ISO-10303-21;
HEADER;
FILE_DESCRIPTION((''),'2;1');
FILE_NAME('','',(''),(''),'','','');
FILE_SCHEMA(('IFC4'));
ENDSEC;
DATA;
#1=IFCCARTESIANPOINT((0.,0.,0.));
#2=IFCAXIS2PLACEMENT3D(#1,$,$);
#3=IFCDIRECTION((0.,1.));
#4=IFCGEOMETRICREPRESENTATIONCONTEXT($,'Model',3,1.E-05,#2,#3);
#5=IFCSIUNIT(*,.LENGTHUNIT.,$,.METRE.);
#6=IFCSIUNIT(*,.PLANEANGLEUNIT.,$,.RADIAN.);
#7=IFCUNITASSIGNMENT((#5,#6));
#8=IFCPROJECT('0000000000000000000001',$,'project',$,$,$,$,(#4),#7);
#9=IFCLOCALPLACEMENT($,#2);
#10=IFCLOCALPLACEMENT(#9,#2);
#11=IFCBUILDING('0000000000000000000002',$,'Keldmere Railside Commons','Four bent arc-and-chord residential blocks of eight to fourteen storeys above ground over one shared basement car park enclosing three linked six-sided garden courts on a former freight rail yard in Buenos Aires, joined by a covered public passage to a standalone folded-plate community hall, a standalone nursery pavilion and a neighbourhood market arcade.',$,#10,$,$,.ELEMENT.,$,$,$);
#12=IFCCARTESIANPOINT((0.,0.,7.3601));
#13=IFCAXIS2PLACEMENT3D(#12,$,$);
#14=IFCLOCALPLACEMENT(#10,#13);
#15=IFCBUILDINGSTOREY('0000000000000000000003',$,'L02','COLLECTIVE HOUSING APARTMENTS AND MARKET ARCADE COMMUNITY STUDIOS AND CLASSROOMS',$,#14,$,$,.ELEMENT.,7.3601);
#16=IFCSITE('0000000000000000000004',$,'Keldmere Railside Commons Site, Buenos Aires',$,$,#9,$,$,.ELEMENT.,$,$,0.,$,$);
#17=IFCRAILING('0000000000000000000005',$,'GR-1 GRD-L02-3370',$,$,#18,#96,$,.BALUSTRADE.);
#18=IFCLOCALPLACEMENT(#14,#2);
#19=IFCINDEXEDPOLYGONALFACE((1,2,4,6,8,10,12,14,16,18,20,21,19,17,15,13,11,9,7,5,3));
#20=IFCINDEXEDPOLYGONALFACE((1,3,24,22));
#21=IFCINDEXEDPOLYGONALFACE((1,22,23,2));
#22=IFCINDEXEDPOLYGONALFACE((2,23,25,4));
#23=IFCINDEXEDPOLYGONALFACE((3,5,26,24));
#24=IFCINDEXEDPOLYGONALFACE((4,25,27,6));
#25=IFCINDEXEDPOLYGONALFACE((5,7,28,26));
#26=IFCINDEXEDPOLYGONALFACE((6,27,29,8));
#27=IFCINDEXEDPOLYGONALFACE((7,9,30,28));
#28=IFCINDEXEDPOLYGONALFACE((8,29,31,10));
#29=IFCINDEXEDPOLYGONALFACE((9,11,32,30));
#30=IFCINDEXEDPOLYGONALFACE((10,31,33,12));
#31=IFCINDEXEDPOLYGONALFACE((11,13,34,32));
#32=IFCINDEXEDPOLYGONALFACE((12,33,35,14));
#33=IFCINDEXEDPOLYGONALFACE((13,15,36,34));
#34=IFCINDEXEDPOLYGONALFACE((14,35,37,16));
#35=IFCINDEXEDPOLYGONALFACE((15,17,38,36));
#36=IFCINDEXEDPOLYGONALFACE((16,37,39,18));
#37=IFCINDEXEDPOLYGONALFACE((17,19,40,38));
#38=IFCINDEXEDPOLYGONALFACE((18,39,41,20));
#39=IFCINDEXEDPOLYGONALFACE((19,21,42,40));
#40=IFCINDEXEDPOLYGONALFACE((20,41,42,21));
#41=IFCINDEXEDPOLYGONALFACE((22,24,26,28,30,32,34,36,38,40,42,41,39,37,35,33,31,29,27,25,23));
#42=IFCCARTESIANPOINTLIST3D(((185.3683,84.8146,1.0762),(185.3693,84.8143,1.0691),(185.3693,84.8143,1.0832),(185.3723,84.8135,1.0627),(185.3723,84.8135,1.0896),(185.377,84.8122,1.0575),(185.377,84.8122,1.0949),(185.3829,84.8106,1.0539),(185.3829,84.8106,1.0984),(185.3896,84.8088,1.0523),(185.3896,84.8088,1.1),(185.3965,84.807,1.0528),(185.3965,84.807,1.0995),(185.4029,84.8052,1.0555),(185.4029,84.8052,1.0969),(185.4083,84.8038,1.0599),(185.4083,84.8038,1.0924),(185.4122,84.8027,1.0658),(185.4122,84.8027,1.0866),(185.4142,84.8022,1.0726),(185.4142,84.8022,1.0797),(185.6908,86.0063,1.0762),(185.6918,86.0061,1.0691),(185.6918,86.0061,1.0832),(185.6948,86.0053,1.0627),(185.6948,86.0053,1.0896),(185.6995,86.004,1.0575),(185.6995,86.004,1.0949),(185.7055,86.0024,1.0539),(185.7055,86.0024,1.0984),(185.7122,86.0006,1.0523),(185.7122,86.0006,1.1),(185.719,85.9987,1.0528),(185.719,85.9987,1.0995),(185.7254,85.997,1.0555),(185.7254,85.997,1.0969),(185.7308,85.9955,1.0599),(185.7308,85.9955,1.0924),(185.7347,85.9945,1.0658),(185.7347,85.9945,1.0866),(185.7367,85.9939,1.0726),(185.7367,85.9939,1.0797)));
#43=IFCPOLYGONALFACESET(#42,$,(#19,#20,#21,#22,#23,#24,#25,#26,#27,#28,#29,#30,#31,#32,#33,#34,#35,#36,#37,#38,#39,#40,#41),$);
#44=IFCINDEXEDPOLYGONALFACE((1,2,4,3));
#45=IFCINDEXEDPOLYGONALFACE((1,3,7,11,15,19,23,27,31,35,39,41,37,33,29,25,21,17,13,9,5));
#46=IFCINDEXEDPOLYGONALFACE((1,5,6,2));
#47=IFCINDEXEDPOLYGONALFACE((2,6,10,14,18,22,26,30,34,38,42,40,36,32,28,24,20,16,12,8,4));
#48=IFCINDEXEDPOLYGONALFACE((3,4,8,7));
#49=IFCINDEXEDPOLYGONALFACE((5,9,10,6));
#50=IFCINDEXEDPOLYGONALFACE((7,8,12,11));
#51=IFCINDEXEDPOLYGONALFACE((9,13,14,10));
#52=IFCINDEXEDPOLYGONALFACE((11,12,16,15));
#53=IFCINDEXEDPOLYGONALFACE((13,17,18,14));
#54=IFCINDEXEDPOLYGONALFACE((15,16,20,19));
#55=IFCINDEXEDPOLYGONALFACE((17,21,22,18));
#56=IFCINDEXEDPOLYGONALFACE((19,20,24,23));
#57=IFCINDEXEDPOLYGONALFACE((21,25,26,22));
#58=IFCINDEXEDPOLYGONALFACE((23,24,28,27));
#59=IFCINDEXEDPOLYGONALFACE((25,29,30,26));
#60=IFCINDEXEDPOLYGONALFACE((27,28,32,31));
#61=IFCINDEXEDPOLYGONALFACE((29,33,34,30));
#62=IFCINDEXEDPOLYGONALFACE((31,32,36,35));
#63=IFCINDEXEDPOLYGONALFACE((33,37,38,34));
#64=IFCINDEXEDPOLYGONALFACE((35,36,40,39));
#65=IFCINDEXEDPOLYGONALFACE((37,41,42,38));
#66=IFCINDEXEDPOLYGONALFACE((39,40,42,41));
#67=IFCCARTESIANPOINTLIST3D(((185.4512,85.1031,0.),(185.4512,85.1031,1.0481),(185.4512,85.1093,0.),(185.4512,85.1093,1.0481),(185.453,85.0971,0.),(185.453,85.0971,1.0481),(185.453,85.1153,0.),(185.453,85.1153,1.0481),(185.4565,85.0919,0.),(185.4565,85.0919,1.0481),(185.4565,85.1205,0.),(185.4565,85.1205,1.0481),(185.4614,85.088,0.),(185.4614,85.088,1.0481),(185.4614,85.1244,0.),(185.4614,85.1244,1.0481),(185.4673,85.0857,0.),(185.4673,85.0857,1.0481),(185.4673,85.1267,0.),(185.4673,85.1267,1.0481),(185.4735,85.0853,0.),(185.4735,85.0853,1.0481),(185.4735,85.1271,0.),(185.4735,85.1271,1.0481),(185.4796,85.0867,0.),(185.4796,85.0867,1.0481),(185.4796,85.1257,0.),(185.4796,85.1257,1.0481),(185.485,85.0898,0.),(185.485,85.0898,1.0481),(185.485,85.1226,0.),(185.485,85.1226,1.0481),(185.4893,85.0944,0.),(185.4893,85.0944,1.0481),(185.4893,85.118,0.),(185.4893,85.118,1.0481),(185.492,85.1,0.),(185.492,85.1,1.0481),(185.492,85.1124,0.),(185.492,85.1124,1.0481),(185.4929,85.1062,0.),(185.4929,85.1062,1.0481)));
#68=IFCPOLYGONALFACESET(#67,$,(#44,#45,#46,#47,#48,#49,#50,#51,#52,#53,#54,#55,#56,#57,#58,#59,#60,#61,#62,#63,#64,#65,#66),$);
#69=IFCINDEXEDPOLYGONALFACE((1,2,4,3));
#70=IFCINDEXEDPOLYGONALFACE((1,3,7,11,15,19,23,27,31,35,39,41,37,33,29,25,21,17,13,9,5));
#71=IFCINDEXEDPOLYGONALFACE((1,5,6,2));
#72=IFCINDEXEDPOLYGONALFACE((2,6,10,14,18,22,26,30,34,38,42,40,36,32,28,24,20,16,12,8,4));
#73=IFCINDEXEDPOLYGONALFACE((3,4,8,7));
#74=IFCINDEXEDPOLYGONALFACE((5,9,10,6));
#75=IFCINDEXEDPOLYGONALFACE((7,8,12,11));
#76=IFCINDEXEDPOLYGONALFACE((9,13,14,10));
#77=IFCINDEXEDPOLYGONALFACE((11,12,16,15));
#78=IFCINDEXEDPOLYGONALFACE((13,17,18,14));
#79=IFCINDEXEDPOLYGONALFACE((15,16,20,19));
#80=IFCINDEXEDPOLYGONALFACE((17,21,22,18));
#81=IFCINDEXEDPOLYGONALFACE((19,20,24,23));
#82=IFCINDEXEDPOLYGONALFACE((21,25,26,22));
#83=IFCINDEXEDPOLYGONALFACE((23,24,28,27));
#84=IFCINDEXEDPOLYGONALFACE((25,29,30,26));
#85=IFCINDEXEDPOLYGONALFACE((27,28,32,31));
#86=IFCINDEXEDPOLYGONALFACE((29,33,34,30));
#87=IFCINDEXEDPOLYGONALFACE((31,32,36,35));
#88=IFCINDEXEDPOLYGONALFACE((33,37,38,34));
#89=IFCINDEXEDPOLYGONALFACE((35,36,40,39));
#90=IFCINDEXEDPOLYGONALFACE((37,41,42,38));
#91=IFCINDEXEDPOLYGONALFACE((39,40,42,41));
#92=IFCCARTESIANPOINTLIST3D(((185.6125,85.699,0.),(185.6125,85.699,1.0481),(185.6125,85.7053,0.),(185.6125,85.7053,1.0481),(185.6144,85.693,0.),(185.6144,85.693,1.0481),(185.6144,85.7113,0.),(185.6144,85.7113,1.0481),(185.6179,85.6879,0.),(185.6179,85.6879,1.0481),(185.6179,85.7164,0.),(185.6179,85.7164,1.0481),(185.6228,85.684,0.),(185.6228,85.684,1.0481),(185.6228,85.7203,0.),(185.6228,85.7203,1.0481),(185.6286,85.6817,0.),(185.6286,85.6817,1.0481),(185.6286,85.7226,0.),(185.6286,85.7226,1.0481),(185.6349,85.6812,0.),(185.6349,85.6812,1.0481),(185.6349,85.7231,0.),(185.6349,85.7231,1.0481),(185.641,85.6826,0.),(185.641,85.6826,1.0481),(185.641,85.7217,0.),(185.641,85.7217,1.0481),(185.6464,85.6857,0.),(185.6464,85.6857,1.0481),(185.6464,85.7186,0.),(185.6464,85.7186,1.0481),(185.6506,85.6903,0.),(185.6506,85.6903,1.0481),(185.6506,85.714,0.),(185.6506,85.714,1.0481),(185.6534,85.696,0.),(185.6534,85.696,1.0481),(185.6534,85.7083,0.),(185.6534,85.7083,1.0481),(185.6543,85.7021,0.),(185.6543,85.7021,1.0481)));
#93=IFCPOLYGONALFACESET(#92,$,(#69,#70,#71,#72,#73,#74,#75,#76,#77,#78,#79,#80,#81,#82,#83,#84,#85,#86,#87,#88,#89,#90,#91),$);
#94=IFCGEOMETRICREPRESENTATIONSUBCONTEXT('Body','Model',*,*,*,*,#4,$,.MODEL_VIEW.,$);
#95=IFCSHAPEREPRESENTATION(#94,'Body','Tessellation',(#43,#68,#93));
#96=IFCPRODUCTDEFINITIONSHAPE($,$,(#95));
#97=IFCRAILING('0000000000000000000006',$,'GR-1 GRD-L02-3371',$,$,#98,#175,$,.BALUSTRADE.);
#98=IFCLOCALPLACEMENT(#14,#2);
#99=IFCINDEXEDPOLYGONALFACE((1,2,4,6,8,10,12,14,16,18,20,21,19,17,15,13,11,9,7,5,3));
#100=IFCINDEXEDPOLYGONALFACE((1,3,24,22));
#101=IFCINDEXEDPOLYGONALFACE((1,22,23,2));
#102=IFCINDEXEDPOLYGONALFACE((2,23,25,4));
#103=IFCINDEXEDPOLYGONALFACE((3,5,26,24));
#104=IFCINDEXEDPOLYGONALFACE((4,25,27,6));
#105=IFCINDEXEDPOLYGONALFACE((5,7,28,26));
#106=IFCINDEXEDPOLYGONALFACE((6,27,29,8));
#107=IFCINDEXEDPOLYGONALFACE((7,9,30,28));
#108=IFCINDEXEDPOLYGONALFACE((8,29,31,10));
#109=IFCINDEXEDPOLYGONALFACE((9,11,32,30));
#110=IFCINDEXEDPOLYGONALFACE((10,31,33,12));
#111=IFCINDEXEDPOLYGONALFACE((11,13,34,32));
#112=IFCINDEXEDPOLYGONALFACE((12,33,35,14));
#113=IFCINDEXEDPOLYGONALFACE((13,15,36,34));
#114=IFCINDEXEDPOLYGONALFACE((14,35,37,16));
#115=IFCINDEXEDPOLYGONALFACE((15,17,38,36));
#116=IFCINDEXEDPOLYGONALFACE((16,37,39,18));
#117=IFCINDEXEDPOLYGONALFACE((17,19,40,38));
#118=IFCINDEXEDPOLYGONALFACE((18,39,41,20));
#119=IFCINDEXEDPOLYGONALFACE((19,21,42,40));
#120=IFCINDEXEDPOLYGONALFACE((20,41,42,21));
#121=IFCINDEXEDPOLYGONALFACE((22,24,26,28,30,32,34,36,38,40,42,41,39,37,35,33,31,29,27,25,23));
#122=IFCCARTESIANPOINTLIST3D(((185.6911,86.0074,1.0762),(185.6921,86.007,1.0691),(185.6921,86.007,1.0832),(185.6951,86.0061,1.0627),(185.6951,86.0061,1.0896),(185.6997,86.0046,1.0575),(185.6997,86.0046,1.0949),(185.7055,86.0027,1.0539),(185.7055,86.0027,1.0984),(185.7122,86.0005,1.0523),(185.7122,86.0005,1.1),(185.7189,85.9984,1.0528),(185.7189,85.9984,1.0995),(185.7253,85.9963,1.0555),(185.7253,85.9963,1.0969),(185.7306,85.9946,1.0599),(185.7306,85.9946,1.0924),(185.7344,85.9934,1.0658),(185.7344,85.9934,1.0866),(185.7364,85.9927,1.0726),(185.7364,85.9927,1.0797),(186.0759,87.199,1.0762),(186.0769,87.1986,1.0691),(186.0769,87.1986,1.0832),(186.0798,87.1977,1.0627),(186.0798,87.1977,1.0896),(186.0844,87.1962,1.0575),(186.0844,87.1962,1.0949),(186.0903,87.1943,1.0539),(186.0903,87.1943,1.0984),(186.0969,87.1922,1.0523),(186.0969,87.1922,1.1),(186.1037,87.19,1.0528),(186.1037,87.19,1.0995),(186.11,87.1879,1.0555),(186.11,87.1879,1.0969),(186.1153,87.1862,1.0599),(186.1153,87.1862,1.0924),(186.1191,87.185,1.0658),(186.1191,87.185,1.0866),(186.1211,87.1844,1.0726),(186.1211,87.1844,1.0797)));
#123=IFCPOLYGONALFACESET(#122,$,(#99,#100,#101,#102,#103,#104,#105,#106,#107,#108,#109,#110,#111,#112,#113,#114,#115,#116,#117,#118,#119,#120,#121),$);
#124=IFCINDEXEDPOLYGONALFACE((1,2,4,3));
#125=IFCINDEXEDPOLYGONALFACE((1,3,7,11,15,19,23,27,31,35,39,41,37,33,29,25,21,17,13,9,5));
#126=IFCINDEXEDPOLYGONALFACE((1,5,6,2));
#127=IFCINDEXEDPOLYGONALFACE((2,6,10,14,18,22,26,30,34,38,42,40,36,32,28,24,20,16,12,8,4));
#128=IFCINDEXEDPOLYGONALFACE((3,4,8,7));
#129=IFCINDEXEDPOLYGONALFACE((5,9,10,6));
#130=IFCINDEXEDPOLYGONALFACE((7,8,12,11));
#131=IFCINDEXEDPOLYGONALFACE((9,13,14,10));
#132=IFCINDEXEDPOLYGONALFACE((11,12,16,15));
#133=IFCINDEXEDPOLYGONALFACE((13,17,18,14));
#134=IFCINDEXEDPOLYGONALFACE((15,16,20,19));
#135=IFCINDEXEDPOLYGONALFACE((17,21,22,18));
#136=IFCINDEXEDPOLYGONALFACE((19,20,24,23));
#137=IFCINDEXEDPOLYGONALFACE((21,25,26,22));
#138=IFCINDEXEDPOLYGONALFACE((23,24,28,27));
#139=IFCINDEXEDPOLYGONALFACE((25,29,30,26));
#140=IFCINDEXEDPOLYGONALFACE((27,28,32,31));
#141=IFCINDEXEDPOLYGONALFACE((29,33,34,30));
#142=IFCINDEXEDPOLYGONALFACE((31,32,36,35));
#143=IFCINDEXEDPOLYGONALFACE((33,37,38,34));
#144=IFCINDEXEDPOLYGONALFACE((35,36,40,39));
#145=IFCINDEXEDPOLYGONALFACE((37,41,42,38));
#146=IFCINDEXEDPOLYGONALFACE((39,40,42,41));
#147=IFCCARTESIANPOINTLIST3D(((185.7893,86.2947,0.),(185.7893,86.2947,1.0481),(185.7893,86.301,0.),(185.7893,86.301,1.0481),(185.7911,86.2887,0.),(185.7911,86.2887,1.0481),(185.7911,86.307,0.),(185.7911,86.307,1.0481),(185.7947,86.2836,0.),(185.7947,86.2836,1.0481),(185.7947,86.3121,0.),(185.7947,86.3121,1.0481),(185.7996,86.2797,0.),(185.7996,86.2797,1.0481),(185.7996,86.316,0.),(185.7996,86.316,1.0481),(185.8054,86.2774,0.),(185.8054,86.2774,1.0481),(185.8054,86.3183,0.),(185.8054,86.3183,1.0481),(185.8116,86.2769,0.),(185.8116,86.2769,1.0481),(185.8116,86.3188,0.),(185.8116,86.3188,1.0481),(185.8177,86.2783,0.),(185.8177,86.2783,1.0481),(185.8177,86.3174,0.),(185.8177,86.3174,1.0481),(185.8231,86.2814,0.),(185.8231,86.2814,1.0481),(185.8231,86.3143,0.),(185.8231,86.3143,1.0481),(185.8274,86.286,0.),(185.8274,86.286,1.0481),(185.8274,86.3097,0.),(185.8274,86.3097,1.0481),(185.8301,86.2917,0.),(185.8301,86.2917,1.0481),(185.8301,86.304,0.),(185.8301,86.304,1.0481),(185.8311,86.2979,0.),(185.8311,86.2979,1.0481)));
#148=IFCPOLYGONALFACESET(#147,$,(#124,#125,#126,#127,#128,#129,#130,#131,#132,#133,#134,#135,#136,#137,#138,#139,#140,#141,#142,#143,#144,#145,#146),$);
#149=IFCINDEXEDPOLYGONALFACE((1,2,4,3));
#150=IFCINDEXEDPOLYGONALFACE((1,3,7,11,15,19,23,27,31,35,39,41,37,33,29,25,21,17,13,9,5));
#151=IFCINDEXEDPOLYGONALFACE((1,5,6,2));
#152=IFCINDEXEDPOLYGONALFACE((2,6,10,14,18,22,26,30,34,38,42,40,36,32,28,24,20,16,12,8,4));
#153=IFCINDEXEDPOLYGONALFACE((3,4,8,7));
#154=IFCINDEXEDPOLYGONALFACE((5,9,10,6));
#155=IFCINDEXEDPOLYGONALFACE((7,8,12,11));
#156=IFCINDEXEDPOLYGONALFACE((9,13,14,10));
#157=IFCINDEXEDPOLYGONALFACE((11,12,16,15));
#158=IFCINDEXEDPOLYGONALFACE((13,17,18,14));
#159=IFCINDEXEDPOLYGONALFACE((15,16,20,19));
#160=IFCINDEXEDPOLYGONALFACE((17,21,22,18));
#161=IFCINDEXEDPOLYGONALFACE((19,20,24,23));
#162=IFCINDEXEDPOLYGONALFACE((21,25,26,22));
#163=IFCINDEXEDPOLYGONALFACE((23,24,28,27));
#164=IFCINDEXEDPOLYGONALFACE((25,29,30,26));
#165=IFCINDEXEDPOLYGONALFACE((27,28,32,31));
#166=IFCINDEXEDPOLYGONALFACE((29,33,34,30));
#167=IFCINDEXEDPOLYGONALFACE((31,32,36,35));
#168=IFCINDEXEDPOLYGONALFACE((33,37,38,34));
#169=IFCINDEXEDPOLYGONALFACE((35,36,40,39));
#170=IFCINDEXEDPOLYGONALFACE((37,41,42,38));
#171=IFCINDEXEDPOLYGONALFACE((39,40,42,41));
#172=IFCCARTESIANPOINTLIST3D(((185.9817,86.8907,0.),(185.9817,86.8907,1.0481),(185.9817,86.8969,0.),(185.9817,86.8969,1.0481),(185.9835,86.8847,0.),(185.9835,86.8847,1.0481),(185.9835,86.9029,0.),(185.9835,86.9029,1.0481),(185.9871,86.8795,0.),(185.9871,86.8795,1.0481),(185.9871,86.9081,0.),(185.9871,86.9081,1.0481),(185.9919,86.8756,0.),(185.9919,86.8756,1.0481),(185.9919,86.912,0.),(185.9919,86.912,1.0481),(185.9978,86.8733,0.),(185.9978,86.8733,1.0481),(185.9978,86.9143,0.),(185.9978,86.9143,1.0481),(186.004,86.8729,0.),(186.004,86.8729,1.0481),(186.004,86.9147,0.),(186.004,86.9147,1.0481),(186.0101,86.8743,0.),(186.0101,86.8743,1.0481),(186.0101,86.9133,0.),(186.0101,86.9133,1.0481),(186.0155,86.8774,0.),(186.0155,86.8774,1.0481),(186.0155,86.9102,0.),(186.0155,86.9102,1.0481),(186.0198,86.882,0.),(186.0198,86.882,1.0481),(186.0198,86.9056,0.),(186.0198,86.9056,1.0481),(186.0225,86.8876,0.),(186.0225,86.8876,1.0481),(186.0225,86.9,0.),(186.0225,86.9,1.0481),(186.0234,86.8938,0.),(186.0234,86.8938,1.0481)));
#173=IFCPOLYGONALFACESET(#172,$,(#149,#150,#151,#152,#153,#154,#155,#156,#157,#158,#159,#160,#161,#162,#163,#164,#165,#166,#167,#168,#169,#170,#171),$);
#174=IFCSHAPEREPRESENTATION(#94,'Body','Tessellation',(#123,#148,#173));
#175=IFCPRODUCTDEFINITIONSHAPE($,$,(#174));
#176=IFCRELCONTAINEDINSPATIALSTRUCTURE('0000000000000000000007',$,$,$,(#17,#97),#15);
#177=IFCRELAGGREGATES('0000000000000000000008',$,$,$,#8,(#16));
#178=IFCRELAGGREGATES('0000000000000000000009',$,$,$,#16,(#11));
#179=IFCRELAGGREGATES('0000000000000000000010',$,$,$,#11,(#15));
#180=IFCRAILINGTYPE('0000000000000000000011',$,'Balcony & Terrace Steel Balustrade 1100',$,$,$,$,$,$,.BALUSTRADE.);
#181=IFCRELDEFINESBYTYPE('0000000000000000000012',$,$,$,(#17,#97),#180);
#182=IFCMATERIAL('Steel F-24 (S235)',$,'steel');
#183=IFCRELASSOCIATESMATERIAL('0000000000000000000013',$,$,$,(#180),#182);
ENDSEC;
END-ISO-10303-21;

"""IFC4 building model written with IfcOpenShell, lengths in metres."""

from ifc_helpers import new_model, si_unit, direction, frame, origin, origin_2d, place, context, subcontext, project, spatial, circle, extrude, material, type_object, element, save


model = new_model("IFC4")

# Units and contexts
model_context = context("Model", 3, precision=1e-05, world=origin(), true_north=direction((0.0, 1.0)))
body_context = subcontext(model_context, "Body", "Model", "MODEL_VIEW")
ifc_project = project(units=[si_unit("LENGTHUNIT", "METRE"), si_unit("PLANEANGLEUNIT", "RADIAN")], contexts=[model_context])

# Site, building, storey
site_placement = place(None, origin())
site = spatial("IfcSite", under=ifc_project, at=site_placement, Name="Keldmere Railside Commons Site, Buenos Aires", CompositionType="ELEMENT", RefElevation=0.0)
building_placement = place(site_placement, origin())
building = spatial("IfcBuilding", under=site, at=building_placement, Name="Keldmere Railside Commons", Description="Four bent arc-and-chord residential blocks of eight to fourteen storeys above ground over one shared basement car park enclosing three linked six-sided garden courts on a former freight rail yard in Buenos Aires, joined by a covered public passage to a standalone folded-plate community hall, a standalone nursery pavilion and a neighbourhood market arcade.", CompositionType="ELEMENT")
storey_placement = place(building_placement, frame((0.0, 0.0, 7.3601)))
storey = spatial("IfcBuildingStorey", under=building, at=storey_placement, Name="L02", Description="COLLECTIVE HOUSING APARTMENTS AND MARKET ARCADE COMMUNITY STUDIOS AND CLASSROOMS", CompositionType="ELEMENT", Elevation=7.3601)

# Railings
ifc_material_1 = material(Name="Steel F-24 (S235)", Category="steel")
railing_type = type_object("IfcRailingType", Name="Balcony & Terrace Steel Balustrade 1100", PredefinedType="BALUSTRADE", material=ifc_material_1)
railing_1_placement = place(storey_placement, frame((185.3914, 84.8083, 0.0)))
element("IfcRailing", 1, at=railing_1_placement, inside=storey, type_object=railing_type, Name="GR-1 GRD-L02-3370", PredefinedType="BALUSTRADE", context=body_context, shape_type="SweptSolid", body=[
    extrude(circle(Radius=0.0239, at=origin_2d()), frame((0.0, 0.0, 1.0762), z_axis=(0.261243, 0.965273, 0.0), x_axis=(-0.965273, 0.261243, 0.0)), (0.0, 0.0, 1.0), 1.2346),
    extrude(circle(Radius=0.021, at=origin_2d()), frame((0.0806, 0.2979, 0.0)), (0.0, 0.0, 1.0), 1.0481),
    extrude(circle(Radius=0.021, at=origin_2d()), frame((0.2419, 0.8938, 0.0)), (0.0, 0.0, 1.0), 1.0481),
])
railing_2_placement = place(storey_placement, frame((185.7139, 86.0, 0.0)))
element("IfcRailing", 2, at=railing_2_placement, inside=storey, type_object=railing_type, Name="GR-1 GRD-L02-3371", PredefinedType="BALUSTRADE", context=body_context, shape_type="SweptSolid", body=[
    extrude(circle(Radius=0.0239, at=origin_2d()), frame((0.0, 0.0, 1.0762), z_axis=(0.307265, 0.951624, 0.0), x_axis=(-0.951624, 0.307265, 0.0)), (0.0, 0.0, 1.0), 1.2522),
    extrude(circle(Radius=0.021, at=origin_2d()), frame((0.0962, 0.2979, 0.0)), (0.0, 0.0, 1.0), 1.0481),
    extrude(circle(Radius=0.021, at=origin_2d()), frame((0.2886, 0.8938, 0.0)), (0.0, 0.0, 1.0), 1.0481),
])

save(model, "model.ifc")
